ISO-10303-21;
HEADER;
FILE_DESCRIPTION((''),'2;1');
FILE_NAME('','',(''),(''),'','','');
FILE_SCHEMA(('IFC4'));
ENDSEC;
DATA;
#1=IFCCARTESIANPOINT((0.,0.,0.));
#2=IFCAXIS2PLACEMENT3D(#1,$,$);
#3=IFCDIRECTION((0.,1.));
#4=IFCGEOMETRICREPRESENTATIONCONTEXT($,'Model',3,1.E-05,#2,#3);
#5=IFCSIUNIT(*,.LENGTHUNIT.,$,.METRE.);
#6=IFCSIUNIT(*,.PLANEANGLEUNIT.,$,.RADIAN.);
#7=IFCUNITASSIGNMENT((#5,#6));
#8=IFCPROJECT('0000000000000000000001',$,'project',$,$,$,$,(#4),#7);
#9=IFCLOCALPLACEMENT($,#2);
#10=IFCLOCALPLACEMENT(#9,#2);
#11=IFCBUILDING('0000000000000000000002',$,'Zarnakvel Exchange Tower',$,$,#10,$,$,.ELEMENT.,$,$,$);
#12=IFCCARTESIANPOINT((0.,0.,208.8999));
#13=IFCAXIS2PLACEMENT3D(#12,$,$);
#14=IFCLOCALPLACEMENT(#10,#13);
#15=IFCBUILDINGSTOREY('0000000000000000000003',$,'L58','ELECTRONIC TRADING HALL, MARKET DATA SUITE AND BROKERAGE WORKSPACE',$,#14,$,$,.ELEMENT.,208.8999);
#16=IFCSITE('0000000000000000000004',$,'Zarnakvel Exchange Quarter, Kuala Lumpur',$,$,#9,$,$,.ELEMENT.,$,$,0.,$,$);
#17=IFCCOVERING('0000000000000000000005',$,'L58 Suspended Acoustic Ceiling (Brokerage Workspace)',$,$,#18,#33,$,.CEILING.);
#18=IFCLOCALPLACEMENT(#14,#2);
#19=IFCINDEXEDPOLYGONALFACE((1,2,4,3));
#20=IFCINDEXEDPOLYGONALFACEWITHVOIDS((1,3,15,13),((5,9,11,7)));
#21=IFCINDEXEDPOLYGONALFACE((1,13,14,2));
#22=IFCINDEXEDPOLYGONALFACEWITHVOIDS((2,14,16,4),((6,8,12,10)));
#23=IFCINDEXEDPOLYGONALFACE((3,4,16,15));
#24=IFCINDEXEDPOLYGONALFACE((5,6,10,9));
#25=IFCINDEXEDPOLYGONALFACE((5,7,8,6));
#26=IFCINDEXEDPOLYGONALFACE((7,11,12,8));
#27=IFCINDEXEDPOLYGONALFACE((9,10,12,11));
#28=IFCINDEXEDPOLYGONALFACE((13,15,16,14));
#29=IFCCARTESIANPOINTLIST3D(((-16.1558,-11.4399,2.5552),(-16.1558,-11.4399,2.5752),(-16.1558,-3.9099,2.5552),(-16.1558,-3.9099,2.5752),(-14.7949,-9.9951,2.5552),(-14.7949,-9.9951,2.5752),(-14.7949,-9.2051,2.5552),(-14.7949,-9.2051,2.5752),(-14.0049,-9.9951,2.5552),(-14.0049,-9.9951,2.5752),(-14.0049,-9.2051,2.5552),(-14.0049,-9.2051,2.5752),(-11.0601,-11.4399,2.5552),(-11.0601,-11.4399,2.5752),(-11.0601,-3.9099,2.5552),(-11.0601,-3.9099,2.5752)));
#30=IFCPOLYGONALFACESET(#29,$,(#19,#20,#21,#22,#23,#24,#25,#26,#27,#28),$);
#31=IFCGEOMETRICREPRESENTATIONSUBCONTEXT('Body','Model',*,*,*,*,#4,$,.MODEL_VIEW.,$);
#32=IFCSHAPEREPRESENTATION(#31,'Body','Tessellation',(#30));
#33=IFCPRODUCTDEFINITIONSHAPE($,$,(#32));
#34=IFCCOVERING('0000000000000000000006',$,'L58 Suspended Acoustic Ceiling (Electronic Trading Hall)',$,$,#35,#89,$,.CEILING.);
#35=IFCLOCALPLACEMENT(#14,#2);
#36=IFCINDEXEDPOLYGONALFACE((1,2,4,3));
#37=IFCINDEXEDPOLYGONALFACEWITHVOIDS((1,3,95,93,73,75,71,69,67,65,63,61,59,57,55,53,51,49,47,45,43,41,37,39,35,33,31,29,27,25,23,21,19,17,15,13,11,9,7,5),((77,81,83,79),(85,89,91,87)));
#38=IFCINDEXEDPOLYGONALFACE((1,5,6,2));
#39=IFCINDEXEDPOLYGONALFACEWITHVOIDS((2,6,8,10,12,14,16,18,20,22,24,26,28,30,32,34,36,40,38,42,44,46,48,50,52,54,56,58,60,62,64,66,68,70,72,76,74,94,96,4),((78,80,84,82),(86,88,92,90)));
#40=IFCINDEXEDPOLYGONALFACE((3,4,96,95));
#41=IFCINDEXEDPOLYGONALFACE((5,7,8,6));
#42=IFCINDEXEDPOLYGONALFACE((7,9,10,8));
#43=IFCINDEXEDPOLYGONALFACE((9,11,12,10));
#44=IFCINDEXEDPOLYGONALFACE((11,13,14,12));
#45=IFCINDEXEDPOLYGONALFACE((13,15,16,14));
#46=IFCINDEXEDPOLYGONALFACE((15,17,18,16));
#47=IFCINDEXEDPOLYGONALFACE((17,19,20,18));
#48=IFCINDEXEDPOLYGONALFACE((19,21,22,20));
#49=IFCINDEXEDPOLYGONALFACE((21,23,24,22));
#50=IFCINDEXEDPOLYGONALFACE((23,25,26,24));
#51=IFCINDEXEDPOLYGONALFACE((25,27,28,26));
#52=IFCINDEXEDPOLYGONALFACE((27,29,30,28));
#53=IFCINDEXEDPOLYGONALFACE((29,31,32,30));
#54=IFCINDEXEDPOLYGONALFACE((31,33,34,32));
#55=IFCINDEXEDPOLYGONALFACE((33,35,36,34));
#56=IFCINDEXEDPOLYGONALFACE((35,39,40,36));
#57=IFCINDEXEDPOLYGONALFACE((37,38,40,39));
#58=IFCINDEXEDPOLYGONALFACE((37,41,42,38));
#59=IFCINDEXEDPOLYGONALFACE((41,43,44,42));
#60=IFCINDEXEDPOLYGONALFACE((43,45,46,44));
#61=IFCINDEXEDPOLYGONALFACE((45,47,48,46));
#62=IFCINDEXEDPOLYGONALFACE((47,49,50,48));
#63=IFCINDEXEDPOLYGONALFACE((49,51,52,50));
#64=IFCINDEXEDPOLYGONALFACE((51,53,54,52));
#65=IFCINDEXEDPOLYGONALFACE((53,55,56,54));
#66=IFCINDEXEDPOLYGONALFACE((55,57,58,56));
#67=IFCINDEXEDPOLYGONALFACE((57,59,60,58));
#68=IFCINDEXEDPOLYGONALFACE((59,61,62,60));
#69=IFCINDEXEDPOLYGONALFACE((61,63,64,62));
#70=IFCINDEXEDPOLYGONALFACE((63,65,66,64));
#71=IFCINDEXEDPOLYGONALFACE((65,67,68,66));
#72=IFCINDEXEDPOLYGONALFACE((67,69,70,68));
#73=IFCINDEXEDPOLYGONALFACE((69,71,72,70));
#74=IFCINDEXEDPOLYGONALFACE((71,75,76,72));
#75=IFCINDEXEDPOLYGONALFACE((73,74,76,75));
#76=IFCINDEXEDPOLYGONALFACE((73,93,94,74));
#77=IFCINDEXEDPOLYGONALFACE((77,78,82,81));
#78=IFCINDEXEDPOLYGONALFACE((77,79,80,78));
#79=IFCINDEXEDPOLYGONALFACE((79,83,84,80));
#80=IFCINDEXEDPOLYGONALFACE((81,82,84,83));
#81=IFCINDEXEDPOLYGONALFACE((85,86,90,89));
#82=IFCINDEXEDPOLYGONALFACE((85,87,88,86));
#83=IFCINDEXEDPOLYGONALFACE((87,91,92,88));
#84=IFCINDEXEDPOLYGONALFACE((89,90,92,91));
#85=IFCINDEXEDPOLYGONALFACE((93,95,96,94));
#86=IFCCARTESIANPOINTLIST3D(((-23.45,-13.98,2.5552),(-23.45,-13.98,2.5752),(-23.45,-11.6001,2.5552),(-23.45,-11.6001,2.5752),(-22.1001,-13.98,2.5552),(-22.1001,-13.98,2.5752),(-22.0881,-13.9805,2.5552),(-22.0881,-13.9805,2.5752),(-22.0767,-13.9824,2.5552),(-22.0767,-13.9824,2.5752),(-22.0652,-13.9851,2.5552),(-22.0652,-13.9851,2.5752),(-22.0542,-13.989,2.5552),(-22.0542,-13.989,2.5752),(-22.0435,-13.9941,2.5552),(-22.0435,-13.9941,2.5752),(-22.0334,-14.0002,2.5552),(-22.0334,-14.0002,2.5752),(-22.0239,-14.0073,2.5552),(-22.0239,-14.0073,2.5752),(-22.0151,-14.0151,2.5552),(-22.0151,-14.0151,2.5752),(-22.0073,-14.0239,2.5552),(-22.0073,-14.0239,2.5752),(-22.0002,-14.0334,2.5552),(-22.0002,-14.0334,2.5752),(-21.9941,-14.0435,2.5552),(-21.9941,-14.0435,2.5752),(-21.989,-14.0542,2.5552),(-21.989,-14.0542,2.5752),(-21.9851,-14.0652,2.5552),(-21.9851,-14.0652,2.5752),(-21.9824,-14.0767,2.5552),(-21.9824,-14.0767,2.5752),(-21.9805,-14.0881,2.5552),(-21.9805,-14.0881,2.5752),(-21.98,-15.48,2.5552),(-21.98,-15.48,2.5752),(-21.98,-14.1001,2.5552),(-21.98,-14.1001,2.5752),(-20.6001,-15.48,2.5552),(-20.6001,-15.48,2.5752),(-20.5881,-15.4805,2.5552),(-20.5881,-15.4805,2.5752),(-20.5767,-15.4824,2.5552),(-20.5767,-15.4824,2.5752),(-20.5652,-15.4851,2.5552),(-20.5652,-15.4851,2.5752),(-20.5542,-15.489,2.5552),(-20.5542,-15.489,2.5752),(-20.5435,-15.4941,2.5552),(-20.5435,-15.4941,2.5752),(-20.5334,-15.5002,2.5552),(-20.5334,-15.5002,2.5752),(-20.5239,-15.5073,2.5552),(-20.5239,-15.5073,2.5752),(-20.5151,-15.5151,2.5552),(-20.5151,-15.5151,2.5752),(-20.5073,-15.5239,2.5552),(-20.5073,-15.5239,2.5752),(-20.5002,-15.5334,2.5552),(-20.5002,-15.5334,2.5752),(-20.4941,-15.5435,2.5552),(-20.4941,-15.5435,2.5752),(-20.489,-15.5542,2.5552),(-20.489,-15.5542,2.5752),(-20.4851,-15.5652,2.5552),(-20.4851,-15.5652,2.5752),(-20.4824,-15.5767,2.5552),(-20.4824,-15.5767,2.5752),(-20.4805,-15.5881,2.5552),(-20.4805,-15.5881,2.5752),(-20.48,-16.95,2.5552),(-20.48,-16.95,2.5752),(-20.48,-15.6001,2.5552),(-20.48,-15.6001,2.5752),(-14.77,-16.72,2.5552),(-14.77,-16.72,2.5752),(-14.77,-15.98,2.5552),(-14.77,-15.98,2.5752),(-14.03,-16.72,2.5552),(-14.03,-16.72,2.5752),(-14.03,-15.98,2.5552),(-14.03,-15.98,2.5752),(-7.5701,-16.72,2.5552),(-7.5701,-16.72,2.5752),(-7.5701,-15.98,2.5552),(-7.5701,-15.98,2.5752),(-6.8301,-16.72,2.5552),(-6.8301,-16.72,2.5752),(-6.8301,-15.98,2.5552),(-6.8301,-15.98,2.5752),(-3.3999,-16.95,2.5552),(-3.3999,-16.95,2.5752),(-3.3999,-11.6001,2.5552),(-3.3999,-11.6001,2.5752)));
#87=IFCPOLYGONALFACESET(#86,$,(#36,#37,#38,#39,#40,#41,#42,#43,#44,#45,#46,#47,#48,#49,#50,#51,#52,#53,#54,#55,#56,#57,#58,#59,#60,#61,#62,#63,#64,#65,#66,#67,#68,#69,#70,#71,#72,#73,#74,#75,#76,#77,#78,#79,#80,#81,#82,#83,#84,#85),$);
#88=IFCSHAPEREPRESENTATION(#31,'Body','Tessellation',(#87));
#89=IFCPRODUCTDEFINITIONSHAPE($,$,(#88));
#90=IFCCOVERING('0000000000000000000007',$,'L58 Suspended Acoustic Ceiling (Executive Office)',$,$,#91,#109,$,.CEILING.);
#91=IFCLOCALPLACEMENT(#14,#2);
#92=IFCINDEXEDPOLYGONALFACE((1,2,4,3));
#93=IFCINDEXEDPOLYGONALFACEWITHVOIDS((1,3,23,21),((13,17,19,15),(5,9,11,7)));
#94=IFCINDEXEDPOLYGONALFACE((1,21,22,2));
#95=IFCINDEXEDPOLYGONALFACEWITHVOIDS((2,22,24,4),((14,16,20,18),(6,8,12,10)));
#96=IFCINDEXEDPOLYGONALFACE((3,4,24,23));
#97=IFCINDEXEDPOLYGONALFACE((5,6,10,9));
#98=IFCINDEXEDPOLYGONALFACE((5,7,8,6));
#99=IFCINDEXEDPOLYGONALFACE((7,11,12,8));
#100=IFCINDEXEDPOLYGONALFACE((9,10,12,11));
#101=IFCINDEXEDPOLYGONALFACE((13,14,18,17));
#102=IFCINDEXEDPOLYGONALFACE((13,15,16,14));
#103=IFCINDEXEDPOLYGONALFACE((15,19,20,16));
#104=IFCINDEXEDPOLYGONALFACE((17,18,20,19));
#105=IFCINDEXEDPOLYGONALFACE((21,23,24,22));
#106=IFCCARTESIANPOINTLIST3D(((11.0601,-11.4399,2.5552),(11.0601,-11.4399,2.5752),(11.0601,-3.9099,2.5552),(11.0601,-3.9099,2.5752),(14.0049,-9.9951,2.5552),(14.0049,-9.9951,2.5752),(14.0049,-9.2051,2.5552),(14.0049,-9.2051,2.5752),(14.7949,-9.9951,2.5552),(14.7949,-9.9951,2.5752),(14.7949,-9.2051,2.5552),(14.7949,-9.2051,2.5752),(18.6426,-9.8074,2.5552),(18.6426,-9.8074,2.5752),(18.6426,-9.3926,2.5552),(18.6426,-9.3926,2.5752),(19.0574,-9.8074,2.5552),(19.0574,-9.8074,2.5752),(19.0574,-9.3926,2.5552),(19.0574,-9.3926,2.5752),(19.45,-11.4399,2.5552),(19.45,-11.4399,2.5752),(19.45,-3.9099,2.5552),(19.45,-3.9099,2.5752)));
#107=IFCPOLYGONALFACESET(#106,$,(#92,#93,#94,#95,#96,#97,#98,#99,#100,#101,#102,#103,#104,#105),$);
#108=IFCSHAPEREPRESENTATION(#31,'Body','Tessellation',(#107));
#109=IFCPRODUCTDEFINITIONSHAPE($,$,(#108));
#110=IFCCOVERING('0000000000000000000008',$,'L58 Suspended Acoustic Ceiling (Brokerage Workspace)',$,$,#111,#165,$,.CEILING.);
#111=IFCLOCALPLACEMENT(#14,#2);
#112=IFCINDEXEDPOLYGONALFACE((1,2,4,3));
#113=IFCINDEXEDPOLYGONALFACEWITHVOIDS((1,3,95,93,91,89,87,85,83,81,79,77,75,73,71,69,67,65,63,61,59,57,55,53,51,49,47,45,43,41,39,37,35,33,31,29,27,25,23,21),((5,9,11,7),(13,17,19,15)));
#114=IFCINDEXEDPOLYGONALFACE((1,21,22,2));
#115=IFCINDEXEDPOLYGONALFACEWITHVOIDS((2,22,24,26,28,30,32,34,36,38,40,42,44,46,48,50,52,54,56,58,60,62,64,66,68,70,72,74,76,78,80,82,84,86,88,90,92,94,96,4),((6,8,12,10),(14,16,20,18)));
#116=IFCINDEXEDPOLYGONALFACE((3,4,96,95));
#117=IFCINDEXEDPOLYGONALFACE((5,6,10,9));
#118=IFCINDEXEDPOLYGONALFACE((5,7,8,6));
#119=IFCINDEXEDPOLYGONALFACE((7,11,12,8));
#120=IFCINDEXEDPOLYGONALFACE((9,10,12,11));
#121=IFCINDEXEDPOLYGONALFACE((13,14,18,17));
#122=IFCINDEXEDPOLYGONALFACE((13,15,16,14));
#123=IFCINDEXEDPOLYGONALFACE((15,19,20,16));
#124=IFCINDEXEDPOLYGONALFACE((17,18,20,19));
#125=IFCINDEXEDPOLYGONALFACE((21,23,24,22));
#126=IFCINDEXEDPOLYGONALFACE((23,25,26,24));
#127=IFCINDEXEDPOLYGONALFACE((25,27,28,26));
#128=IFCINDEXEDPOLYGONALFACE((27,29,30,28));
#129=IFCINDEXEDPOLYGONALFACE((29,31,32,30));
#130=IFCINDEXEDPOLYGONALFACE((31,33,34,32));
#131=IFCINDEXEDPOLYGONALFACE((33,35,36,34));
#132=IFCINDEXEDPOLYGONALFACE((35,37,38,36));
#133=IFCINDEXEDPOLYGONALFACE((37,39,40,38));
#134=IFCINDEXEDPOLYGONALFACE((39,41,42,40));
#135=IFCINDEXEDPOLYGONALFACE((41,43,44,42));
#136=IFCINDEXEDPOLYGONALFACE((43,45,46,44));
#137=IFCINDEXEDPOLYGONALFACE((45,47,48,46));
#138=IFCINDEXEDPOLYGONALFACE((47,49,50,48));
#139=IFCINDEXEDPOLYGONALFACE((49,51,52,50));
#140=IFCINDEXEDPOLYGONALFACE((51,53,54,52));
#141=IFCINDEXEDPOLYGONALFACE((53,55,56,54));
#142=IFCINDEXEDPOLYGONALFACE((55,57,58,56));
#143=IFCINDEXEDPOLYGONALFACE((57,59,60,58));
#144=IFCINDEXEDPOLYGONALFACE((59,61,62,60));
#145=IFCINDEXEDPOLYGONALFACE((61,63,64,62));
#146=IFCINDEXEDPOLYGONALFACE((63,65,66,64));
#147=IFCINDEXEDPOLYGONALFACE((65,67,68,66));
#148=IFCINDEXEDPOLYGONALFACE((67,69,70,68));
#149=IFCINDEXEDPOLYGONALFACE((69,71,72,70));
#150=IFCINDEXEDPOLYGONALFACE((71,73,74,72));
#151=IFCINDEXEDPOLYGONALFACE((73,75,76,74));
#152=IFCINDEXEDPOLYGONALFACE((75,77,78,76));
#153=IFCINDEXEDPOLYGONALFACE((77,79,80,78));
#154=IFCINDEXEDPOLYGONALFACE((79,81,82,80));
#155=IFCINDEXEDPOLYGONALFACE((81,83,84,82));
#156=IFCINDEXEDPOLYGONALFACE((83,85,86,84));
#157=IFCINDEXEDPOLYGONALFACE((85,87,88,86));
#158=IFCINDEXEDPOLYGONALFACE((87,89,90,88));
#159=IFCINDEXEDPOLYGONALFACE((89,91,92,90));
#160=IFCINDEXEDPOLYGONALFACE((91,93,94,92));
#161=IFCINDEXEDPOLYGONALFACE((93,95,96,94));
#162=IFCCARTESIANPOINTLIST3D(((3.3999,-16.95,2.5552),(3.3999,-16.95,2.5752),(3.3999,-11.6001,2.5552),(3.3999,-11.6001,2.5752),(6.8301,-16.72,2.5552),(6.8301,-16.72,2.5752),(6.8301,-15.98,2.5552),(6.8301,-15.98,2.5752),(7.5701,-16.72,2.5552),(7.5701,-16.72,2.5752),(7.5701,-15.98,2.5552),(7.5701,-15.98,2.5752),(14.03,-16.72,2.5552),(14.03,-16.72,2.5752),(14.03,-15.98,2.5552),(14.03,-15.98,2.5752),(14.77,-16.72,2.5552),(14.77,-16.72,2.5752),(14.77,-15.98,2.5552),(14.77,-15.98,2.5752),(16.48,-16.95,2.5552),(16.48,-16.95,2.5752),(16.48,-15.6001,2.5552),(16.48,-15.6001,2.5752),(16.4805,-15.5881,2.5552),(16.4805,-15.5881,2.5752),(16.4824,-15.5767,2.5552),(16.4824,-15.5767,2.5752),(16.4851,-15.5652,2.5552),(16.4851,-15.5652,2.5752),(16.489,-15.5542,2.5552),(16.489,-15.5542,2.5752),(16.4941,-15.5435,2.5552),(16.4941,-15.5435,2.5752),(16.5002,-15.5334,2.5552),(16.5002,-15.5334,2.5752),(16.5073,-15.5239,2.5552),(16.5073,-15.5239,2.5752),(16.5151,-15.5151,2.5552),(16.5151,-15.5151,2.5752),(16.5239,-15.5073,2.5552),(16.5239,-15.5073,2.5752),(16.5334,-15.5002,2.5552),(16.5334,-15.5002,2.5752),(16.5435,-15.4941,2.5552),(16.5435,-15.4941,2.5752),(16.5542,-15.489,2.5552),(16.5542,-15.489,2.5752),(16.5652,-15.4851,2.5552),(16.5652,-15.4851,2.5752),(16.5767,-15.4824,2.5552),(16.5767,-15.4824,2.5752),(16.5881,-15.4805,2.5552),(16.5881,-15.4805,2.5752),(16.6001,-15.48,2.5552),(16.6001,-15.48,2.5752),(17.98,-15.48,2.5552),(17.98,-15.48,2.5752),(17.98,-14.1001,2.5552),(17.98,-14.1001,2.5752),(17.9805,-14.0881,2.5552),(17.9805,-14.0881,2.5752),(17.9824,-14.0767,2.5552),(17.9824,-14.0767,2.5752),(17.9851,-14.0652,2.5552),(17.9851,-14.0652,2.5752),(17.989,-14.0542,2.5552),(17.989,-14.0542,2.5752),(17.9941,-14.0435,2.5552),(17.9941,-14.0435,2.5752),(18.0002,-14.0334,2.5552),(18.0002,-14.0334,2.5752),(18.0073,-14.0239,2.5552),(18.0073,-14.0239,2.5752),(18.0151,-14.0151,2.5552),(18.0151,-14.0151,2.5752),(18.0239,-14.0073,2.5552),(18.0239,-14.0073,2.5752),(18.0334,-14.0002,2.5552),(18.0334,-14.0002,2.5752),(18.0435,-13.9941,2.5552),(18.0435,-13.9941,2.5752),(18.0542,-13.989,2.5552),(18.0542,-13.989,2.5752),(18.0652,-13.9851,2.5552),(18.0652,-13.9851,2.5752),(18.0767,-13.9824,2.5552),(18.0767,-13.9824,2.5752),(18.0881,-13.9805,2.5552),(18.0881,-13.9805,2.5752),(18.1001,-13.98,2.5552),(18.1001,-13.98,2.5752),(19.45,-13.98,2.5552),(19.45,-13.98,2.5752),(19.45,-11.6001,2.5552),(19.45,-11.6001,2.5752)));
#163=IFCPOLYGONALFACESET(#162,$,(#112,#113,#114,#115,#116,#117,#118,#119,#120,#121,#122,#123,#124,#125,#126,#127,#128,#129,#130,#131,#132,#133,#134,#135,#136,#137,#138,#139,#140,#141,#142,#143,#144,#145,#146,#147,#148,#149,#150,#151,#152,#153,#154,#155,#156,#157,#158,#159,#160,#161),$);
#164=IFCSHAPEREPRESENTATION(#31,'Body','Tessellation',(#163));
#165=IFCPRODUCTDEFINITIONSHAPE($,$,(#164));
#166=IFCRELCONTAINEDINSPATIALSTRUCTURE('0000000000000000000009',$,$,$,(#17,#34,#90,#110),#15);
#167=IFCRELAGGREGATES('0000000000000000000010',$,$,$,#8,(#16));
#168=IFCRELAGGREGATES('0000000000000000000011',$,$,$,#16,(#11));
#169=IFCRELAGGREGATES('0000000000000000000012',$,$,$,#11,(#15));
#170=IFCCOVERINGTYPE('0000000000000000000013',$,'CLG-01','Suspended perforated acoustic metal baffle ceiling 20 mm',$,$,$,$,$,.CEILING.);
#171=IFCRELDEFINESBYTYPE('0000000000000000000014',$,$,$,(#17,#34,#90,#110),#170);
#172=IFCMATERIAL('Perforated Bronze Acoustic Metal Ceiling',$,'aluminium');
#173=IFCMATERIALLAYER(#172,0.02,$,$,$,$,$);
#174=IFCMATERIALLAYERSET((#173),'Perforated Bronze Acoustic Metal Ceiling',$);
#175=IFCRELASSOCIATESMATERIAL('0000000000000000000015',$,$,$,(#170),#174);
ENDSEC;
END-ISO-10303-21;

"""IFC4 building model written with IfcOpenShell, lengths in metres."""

from ifc_helpers import new_model, si_unit, direction, frame, origin, place, context, subcontext, project, spatial, polyline, outline, extrude, material, layer, layer_set, type_object, element, save


model = new_model("IFC4")

# Units and contexts
model_context = context("Model", 3, precision=1e-05, world=origin(), true_north=direction((0.0, 1.0)))
body_context = subcontext(model_context, "Body", "Model", "MODEL_VIEW")
ifc_project = project(units=[si_unit("LENGTHUNIT", "METRE"), si_unit("PLANEANGLEUNIT", "RADIAN")], contexts=[model_context])

# Site, building, storey
site_placement = place(None, origin())
site = spatial("IfcSite", under=ifc_project, at=site_placement, Name="Zarnakvel Exchange Quarter, Kuala Lumpur", CompositionType="ELEMENT", RefElevation=0.0)
building_placement = place(site_placement, origin())
building = spatial("IfcBuilding", under=site, at=building_placement, Name="Zarnakvel Exchange Tower", CompositionType="ELEMENT")
storey_placement = place(building_placement, frame((0.0, 0.0, 208.8999)))
storey = spatial("IfcBuildingStorey", under=building, at=storey_placement, Name="L58", Description="ELECTRONIC TRADING HALL, MARKET DATA SUITE AND BROKERAGE WORKSPACE", CompositionType="ELEMENT", Elevation=208.8999)

# Coverings
ifc_material_1 = material(Name="Perforated Bronze Acoustic Metal Ceiling", Category="aluminium")
ifc_layer_1 = layer(ifc_material_1, 0.02)
ifc_layer_set_1 = layer_set([ifc_layer_1], Name="Perforated Bronze Acoustic Metal Ceiling")
covering_type_1 = type_object("IfcCoveringType", Name="CLG-01", Description="Suspended perforated acoustic metal baffle ceiling 20 mm", PredefinedType="CEILING", material=ifc_layer_set_1)
covering_1_placement = place(storey_placement, frame((0.0, 0.0, 2.5552)))
element("IfcCovering", 1, at=covering_1_placement, inside=storey, type_object=covering_type_1, Name="L58 Suspended Acoustic Ceiling (Brokerage Workspace)", PredefinedType="CEILING", context=body_context, shape_type="SweptSolid", body=[
    extrude(outline(polyline([(-16.1558, -3.9099), (-11.0601, -3.9099), (-11.0601, -11.4399), (-16.1558, -11.4399), (-16.1558, -3.9099)]), holes=[polyline([(-14.0049, -9.9951), (-14.0049, -9.2051), (-14.7949, -9.2051), (-14.7949, -9.9951), (-14.0049, -9.9951)])]), origin(), (0.0, 0.0, 1.0), 0.02),
])
covering_2_placement = place(storey_placement, frame((0.0, 0.0, 2.5552)))
element("IfcCovering", 2, at=covering_2_placement, inside=storey, type_object=covering_type_1, Name="L58 Suspended Acoustic Ceiling (Electronic Trading Hall)", PredefinedType="CEILING", context=body_context, shape_type="SweptSolid", body=[
    extrude(outline(polyline([(-3.3999, -11.6001), (-3.3999, -16.95), (-20.48, -16.95), (-20.48, -15.6001), (-20.4805, -15.5881), (-20.4824, -15.5767), (-20.4851, -15.5652), (-20.489, -15.5542), (-20.4941, -15.5435), (-20.5002, -15.5334), (-20.5073, -15.5239), (-20.5151, -15.5151), (-20.5239, -15.5073), (-20.5334, -15.5002), (-20.5435, -15.4941), (-20.5542, -15.489), (-20.5652, -15.4851), (-20.5767, -15.4824), (-20.5881, -15.4805), (-20.6001, -15.48), (-21.98, -15.48), (-21.98, -14.1001), (-21.9805, -14.0881), (-21.9824, -14.0767), (-21.9851, -14.0652), (-21.989, -14.0542), (-21.9941, -14.0435), (-22.0002, -14.0334), (-22.0073, -14.0239), (-22.0151, -14.0151), (-22.0239, -14.0073), (-22.0334, -14.0002), (-22.0435, -13.9941), (-22.0542, -13.989), (-22.0652, -13.9851), (-22.0767, -13.9824), (-22.0881, -13.9805), (-22.1001, -13.98), (-23.45, -13.98), (-23.45, -11.6001), (-3.3999, -11.6001)]), holes=[polyline([(-6.8301, -16.72), (-6.8301, -15.98), (-7.5701, -15.98), (-7.5701, -16.72), (-6.8301, -16.72)]), polyline([(-14.03, -15.98), (-14.77, -15.98), (-14.77, -16.72), (-14.03, -16.72), (-14.03, -15.98)])]), origin(), (0.0, 0.0, 1.0), 0.02),
])
covering_3_placement = place(storey_placement, frame((0.0, 0.0, 2.5552)))
element("IfcCovering", 3, at=covering_3_placement, inside=storey, type_object=covering_type_1, Name="L58 Suspended Acoustic Ceiling (Executive Office)", PredefinedType="CEILING", context=body_context, shape_type="SweptSolid", body=[
    extrude(outline(polyline([(11.0601, -3.9099), (19.45, -3.9099), (19.45, -11.4399), (11.0601, -11.4399), (11.0601, -3.9099)]), holes=[polyline([(19.0574, -9.8074), (19.0574, -9.3926), (18.6426, -9.3926), (18.6426, -9.8074), (19.0574, -9.8074)]), polyline([(14.7949, -9.9951), (14.7949, -9.2051), (14.0049, -9.2051), (14.0049, -9.9951), (14.7949, -9.9951)])]), origin(), (0.0, 0.0, 1.0), 0.02),
])
covering_4_placement = place(storey_placement, frame((0.0, 0.0, 2.5552)))
element("IfcCovering", 4, at=covering_4_placement, inside=storey, type_object=covering_type_1, Name="L58 Suspended Acoustic Ceiling (Brokerage Workspace)", PredefinedType="CEILING", context=body_context, shape_type="SweptSolid", body=[
    extrude(outline(polyline([(3.3999, -11.6001), (19.45, -11.6001), (19.45, -13.98), (18.1001, -13.98), (18.0881, -13.9805), (18.0767, -13.9824), (18.0652, -13.9851), (18.0542, -13.989), (18.0435, -13.9941), (18.0334, -14.0002), (18.0239, -14.0073), (18.0151, -14.0151), (18.0073, -14.0239), (18.0002, -14.0334), (17.9941, -14.0435), (17.989, -14.0542), (17.9851, -14.0652), (17.9824, -14.0767), (17.9805, -14.0881), (17.98, -14.1001), (17.98, -15.48), (16.6001, -15.48), (16.5881, -15.4805), (16.5767, -15.4824), (16.5652, -15.4851), (16.5542, -15.489), (16.5435, -15.4941), (16.5334, -15.5002), (16.5239, -15.5073), (16.5151, -15.5151), (16.5073, -15.5239), (16.5002, -15.5334), (16.4941, -15.5435), (16.489, -15.5542), (16.4851, -15.5652), (16.4824, -15.5767), (16.4805, -15.5881), (16.48, -15.6001), (16.48, -16.95), (3.3999, -16.95), (3.3999, -11.6001)]), holes=[polyline([(14.77, -16.72), (14.77, -15.98), (14.03, -15.98), (14.03, -16.72), (14.77, -16.72)]), polyline([(7.5701, -15.98), (6.8301, -15.98), (6.8301, -16.72), (7.5701, -16.72), (7.5701, -15.98)])]), origin(), (0.0, 0.0, 1.0), 0.02),
])

save(model, "model.ifc")
